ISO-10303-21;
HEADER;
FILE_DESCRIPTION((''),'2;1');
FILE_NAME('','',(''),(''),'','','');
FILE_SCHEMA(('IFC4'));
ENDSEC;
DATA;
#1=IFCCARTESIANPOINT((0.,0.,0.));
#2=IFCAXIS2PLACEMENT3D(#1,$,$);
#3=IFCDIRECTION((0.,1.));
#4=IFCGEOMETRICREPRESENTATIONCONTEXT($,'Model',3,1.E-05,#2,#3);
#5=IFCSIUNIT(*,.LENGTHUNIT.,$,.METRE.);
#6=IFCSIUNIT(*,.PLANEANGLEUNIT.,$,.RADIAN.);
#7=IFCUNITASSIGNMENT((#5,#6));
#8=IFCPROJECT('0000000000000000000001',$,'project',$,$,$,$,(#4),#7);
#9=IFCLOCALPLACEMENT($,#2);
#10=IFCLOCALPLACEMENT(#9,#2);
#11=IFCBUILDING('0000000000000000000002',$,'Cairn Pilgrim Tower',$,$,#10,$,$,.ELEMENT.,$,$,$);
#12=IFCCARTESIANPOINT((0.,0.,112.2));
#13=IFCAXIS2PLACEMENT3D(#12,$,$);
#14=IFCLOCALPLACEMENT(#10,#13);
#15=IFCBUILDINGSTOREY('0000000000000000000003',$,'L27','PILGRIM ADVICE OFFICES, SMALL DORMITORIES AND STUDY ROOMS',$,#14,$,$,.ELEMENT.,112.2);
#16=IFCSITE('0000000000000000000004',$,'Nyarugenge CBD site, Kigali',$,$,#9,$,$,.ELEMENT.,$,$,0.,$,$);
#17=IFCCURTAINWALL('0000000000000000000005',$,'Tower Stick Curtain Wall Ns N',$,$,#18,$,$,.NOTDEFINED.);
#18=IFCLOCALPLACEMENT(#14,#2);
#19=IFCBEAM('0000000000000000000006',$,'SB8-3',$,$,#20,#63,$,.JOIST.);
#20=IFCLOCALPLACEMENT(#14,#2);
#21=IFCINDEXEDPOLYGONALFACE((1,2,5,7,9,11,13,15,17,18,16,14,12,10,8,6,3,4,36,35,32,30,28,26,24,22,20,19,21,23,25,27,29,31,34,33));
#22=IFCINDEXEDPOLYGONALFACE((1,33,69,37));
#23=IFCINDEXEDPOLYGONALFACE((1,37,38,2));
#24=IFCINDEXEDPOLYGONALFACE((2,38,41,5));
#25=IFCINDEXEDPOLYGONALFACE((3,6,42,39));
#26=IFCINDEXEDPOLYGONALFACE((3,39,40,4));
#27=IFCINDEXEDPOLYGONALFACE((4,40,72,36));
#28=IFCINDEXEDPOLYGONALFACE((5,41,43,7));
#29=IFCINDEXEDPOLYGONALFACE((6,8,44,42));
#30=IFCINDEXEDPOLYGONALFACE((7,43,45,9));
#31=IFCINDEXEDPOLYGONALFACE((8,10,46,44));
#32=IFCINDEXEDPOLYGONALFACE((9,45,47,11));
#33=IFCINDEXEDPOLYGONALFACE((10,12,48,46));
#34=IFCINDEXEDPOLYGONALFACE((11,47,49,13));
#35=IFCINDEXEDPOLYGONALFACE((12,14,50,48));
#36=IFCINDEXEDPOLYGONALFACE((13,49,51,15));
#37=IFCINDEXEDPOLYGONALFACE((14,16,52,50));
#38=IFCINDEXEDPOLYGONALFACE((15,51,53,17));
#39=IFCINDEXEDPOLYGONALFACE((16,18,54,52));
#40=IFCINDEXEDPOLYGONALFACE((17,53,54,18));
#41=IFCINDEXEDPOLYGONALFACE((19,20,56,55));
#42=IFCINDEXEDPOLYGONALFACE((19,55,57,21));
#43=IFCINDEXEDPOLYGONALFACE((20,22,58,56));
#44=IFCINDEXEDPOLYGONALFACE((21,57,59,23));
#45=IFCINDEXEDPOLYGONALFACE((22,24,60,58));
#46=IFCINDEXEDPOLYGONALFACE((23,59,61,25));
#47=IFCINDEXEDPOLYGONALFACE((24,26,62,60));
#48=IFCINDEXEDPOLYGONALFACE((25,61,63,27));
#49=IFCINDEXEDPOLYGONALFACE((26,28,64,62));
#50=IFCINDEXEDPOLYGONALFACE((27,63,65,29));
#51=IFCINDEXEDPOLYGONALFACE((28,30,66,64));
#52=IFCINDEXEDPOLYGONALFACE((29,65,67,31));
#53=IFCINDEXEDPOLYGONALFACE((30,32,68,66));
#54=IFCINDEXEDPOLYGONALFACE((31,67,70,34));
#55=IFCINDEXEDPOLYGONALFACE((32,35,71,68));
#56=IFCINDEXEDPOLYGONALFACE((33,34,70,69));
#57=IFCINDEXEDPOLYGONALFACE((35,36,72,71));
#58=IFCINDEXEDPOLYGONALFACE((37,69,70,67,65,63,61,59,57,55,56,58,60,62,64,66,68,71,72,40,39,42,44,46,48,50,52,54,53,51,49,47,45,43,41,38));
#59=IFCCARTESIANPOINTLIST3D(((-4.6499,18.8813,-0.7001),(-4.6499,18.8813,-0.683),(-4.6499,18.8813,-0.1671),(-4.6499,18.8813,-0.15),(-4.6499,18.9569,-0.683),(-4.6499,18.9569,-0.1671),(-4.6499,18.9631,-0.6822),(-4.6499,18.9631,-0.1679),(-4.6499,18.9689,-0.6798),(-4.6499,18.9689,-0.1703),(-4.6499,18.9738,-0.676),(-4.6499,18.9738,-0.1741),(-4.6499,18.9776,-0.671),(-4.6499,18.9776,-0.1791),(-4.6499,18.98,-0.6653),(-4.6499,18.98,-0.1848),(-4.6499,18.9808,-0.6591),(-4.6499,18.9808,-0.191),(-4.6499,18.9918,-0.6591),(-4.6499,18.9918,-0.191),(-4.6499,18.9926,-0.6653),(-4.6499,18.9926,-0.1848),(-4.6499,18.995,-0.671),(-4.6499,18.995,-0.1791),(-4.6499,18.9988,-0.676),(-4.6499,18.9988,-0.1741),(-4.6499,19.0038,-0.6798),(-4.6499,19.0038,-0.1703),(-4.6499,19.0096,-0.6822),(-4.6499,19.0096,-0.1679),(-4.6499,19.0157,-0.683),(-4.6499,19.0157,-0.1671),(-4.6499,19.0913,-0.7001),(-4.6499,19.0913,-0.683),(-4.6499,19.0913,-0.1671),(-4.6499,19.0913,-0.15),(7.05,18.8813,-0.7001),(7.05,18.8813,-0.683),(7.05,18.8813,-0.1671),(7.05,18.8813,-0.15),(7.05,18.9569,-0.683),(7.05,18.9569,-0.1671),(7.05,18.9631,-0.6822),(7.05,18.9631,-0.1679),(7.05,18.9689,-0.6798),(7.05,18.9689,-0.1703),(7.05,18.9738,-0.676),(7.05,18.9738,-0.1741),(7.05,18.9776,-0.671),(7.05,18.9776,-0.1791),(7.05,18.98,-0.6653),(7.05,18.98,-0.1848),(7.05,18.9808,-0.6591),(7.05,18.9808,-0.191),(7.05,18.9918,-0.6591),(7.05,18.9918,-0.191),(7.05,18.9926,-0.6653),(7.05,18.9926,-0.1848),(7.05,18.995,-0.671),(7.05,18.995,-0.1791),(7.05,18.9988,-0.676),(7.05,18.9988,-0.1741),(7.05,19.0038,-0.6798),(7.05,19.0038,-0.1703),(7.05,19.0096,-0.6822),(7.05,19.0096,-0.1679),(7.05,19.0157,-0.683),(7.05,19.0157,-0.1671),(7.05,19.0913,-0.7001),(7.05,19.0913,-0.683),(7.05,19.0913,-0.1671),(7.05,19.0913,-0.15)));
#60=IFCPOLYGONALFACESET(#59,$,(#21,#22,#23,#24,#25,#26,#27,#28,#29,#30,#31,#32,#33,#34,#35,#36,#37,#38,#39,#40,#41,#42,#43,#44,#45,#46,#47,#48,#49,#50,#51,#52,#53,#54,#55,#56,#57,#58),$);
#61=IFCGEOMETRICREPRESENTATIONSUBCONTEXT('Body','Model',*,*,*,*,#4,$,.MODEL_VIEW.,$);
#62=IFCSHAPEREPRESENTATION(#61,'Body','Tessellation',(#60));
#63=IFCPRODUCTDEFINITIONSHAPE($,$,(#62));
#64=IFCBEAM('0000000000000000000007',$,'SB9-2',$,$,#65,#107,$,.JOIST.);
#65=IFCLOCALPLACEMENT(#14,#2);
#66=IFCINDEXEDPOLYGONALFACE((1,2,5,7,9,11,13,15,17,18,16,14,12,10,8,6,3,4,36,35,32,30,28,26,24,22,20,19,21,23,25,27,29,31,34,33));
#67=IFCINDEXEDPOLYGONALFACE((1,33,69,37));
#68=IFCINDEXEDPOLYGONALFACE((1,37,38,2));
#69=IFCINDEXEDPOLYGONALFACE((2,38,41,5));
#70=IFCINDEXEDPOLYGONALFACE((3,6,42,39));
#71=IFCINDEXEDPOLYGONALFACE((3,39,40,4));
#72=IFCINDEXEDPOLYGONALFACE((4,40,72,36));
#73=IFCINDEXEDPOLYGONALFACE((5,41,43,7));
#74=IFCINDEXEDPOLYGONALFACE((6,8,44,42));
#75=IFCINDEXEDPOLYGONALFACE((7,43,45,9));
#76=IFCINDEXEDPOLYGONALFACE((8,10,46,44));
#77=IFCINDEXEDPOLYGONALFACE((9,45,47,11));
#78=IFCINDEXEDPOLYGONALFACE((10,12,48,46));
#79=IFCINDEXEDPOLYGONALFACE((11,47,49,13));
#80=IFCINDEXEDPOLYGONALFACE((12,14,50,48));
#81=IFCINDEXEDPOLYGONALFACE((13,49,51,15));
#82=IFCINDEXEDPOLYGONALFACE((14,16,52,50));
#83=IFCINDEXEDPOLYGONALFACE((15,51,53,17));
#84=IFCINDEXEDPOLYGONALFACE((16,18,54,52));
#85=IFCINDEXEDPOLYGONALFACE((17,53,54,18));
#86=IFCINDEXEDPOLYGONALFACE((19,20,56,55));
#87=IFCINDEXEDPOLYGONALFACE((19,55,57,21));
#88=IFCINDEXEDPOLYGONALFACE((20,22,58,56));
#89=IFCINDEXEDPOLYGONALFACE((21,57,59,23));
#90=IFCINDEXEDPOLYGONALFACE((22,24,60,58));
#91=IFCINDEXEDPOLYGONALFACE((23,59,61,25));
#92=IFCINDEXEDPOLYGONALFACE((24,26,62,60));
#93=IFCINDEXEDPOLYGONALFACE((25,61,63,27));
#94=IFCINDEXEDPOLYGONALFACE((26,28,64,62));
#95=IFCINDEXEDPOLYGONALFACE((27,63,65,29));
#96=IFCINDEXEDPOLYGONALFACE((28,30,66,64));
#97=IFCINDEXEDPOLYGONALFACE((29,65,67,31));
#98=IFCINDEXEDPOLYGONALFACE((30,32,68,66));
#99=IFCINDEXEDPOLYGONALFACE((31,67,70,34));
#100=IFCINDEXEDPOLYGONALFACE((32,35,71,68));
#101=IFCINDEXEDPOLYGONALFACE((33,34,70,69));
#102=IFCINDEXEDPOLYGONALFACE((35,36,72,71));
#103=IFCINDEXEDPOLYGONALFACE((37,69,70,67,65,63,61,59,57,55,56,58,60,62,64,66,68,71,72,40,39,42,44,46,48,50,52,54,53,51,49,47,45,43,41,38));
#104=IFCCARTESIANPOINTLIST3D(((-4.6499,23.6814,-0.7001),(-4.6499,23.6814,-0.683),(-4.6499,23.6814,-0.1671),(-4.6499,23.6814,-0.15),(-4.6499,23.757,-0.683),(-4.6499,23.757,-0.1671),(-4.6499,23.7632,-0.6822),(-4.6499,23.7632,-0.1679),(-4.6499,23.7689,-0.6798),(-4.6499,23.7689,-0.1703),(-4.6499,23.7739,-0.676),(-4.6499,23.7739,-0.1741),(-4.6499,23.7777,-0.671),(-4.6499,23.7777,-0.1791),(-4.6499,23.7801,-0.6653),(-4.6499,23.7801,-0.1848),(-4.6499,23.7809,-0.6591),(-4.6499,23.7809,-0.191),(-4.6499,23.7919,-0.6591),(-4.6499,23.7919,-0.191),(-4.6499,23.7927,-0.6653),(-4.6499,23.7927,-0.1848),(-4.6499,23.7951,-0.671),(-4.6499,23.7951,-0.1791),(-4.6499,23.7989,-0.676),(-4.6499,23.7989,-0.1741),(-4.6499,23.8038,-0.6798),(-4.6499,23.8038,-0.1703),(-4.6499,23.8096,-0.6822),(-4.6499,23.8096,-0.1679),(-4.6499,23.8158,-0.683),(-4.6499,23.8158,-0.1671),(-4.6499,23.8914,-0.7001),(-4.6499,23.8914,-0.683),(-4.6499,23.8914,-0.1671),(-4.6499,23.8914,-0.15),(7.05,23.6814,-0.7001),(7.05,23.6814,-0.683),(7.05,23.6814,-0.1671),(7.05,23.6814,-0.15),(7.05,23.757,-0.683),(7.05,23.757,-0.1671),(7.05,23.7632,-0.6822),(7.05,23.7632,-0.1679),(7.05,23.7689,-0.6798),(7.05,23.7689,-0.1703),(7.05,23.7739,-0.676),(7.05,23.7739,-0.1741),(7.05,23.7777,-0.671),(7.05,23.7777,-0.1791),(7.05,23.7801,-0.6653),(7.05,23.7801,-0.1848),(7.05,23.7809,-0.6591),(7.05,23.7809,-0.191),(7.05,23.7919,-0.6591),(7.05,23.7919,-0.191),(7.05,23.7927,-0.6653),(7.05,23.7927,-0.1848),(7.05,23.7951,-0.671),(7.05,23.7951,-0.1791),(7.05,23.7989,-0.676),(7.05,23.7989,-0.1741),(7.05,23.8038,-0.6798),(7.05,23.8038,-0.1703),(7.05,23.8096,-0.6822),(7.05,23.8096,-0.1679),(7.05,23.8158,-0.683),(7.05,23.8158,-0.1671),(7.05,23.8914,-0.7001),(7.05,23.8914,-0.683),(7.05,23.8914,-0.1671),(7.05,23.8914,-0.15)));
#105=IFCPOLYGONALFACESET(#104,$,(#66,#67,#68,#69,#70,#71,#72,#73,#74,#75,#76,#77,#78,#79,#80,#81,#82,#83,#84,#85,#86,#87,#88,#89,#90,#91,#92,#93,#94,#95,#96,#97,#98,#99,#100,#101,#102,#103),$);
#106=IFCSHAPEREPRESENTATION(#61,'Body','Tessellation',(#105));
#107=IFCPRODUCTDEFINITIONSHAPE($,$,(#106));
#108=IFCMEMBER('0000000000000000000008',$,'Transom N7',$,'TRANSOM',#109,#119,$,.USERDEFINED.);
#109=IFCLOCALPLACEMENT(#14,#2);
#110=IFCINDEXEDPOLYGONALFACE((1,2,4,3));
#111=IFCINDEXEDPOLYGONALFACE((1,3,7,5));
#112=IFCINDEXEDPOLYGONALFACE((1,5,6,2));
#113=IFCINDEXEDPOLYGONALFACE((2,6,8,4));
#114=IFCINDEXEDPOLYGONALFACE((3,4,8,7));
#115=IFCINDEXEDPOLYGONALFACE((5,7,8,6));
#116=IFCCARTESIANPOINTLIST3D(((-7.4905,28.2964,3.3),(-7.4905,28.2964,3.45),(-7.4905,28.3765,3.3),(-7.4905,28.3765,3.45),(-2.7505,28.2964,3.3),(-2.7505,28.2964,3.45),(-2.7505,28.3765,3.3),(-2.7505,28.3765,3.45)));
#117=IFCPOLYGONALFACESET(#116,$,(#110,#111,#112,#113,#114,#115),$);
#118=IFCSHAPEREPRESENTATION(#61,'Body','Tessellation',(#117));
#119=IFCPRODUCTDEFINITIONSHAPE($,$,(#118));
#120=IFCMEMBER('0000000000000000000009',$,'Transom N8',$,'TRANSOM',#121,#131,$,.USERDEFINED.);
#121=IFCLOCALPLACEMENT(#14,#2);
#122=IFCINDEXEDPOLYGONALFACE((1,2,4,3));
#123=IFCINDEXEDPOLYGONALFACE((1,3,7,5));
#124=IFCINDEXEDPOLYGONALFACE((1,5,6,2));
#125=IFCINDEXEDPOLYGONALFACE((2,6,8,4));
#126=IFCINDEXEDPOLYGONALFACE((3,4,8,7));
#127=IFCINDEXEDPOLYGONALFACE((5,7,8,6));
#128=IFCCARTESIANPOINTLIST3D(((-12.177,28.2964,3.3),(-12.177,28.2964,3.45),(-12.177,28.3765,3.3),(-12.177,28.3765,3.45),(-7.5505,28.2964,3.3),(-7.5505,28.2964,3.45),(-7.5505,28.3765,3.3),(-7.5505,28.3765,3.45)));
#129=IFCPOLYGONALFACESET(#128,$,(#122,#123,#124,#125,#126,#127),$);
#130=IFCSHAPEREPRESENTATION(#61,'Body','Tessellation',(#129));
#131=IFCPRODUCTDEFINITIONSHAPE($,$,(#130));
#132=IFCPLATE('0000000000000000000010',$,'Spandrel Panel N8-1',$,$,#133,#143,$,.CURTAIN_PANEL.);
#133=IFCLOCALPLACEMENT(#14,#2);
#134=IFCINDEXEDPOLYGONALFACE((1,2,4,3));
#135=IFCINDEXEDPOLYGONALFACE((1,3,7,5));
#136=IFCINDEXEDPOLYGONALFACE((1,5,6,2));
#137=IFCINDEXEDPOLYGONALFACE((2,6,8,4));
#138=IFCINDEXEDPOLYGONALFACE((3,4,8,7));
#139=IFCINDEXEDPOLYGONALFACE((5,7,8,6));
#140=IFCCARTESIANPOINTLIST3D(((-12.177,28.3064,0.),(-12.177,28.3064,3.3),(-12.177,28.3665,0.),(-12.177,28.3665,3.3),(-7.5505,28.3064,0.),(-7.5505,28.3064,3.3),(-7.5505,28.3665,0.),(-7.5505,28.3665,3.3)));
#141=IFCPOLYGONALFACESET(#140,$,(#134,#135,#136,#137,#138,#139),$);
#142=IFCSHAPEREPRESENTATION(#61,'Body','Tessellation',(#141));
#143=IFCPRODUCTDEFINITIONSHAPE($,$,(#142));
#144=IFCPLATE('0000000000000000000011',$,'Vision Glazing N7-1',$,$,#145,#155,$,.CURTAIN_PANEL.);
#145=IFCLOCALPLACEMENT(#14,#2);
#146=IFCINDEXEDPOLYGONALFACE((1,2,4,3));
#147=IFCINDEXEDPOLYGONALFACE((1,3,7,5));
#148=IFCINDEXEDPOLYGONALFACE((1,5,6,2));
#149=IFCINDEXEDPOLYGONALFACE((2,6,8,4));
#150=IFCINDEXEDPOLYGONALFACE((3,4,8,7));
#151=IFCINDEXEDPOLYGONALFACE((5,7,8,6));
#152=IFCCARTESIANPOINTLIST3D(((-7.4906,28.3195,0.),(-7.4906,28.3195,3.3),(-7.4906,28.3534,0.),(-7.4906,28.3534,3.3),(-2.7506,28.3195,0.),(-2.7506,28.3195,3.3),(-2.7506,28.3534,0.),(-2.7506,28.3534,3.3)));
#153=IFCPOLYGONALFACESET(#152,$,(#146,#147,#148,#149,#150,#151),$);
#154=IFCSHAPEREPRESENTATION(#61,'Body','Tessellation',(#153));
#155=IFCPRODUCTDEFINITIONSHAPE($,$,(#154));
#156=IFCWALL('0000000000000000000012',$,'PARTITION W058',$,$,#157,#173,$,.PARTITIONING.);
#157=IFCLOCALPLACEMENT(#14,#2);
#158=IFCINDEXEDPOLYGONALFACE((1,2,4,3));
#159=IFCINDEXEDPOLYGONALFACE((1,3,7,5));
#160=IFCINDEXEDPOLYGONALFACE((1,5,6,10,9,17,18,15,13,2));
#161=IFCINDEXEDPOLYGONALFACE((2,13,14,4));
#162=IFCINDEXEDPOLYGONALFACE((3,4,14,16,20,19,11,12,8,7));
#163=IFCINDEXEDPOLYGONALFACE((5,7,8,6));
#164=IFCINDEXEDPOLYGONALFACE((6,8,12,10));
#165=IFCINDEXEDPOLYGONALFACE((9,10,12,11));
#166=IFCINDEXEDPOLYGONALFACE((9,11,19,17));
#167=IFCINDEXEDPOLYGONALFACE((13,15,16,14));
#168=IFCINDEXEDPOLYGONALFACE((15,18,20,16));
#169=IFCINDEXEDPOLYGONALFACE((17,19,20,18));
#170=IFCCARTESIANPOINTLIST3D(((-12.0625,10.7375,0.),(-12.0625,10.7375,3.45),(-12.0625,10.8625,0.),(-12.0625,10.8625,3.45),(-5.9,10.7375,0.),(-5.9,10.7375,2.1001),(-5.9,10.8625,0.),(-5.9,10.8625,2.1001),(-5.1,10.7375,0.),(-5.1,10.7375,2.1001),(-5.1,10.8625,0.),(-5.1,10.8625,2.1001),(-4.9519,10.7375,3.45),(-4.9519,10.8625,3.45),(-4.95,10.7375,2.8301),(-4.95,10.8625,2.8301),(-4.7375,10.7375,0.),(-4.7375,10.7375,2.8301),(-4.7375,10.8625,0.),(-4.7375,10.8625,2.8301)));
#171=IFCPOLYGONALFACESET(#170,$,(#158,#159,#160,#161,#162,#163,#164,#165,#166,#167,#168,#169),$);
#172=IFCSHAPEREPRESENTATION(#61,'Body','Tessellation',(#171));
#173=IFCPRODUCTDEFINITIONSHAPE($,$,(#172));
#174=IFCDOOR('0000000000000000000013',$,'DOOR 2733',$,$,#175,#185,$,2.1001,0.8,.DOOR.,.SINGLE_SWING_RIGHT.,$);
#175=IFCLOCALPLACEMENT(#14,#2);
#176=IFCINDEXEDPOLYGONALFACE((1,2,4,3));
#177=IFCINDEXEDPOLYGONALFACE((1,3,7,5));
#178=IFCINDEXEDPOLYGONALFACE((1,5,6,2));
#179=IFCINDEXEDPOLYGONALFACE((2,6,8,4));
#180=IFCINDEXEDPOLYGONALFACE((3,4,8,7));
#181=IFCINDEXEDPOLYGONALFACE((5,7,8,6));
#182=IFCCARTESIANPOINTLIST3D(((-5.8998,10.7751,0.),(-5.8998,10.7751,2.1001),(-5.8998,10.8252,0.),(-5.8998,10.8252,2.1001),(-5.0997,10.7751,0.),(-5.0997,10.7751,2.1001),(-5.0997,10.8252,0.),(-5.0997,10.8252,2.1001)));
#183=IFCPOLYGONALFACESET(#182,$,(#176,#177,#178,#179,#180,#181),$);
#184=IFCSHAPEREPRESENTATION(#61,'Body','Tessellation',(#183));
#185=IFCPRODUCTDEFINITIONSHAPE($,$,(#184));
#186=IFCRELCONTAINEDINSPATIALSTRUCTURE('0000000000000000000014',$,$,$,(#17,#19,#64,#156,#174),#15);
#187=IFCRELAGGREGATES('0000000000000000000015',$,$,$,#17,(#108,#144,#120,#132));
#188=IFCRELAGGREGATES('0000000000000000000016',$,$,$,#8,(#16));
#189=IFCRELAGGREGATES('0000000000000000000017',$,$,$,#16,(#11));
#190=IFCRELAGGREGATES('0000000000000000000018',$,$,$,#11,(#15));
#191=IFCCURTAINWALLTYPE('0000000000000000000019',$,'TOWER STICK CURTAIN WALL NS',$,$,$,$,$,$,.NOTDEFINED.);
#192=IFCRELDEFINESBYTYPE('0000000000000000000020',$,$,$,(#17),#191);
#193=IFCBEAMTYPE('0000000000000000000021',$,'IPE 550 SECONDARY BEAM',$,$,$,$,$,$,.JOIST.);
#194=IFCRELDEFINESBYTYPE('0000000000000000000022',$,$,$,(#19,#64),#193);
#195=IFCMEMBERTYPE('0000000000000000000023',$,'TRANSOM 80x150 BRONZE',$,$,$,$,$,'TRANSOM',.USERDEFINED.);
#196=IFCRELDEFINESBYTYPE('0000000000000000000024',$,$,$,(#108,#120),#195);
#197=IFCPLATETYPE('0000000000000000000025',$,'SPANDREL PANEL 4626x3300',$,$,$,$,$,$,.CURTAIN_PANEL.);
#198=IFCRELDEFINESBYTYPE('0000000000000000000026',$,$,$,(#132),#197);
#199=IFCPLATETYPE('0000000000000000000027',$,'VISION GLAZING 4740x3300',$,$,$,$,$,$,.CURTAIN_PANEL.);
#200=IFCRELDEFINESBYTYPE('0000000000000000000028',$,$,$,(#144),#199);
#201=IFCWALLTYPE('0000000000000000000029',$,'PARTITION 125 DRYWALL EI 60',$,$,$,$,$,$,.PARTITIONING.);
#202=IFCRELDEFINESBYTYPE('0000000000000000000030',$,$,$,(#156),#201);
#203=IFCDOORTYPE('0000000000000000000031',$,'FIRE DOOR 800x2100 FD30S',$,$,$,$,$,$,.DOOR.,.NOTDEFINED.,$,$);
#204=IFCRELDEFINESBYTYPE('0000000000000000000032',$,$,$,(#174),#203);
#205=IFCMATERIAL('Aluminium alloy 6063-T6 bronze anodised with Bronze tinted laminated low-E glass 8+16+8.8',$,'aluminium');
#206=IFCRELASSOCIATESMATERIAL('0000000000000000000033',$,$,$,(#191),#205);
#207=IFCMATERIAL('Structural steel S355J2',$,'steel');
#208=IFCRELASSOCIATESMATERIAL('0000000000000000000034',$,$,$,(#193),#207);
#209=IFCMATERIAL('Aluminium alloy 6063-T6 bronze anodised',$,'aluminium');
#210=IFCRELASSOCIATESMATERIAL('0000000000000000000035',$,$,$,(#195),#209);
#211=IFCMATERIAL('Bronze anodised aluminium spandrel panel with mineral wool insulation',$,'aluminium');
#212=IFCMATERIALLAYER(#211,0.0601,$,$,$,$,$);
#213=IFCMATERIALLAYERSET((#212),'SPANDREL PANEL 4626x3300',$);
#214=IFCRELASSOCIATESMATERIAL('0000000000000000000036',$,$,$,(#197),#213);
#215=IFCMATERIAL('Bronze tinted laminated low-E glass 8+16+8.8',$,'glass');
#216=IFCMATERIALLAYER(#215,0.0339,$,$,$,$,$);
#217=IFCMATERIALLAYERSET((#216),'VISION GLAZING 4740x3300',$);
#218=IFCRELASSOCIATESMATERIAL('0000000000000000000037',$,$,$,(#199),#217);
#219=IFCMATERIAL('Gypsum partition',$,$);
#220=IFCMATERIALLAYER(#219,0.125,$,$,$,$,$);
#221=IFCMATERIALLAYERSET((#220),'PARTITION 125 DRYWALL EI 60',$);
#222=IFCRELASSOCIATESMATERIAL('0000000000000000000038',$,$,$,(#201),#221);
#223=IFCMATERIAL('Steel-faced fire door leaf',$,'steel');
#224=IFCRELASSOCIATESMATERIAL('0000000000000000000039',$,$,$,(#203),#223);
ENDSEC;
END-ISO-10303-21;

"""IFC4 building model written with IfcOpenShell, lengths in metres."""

from ifc_helpers import new_model, si_unit, direction, frame, frame_2d, origin, origin_2d, place, context, subcontext, project, spatial, polyline, rectangle, i_section, outline, extrude, material, layer, layer_set, material_profile, profile_set, type_object, element, fill, aggregate, save


model = new_model("IFC4")

# Units and contexts
model_context = context("Model", 3, precision=1e-05, world=origin(), true_north=direction((0.0, 1.0)))
body_context = subcontext(model_context, "Body", "Model", "MODEL_VIEW")
ifc_project = project(units=[si_unit("LENGTHUNIT", "METRE"), si_unit("PLANEANGLEUNIT", "RADIAN")], contexts=[model_context])

# Site, building, storey
site_placement = place(None, origin())
site = spatial("IfcSite", under=ifc_project, at=site_placement, Name="Nyarugenge CBD site, Kigali", CompositionType="ELEMENT", RefElevation=0.0)
building_placement = place(site_placement, origin())
building = spatial("IfcBuilding", under=site, at=building_placement, Name="Cairn Pilgrim Tower", CompositionType="ELEMENT")
storey_placement = place(building_placement, frame((0.0, 0.0, 112.2)))
storey = spatial("IfcBuildingStorey", under=building, at=storey_placement, Name="L27", Description="PILGRIM ADVICE OFFICES, SMALL DORMITORIES AND STUDY ROOMS", CompositionType="ELEMENT", Elevation=112.2)

# Shared definitions
ifc_material_1 = material(Name="Structural steel S355J2", Category="steel")

# Curtain wall
ifc_material_2 = material(Name="Aluminium alloy 6063-T6 bronze anodised with Bronze tinted laminated low-E glass 8+16+8.8", Category="aluminium")
curtain_wall_type = type_object("IfcCurtainWallType", Name="TOWER STICK CURTAIN WALL NS", PredefinedType="NOTDEFINED", material=ifc_material_2)
curtain_wall_placement = place(storey_placement, origin())
curtain_wall = element("IfcCurtainWall", 1, at=curtain_wall_placement, inside=storey, type_object=curtain_wall_type, Name="Tower Stick Curtain Wall Ns N", PredefinedType="NOTDEFINED")
ifc_material_3 = material(Name="Aluminium alloy 6063-T6 bronze anodised", Category="aluminium")

# Beams
ifc_material_profile_1 = material_profile(ifc_material_1, i_section(OverallWidth=0.21, OverallDepth=0.55, WebThickness=0.011, FlangeThickness=0.0171, FilletRadius=0.0239, at=origin_2d()), Name="IPE 550")
ifc_profile_set_1 = profile_set([ifc_material_profile_1], Name="Structural steel S355J2")
beam_type_1 = type_object("IfcBeamType", Name="IPE 550 SECONDARY BEAM", PredefinedType="JOIST", material=ifc_profile_set_1)
for number, where, z_axis, x_axis, name in (
    (2, (-4.6499, 18.9863, -0.425), (1.0, 0.0, 0.0), (0.0, 1.0, 0.0), "SB8-3"),
    (3, (-4.6499, 23.7864, -0.425), (1.0, 0.0, 0.0), (0.0, 1.0, 0.0), "SB9-2"),
):
    element("IfcBeam", number, at=place(storey_placement, frame(where, z_axis=z_axis, x_axis=x_axis)), inside=storey, type_object=beam_type_1, Name=name, PredefinedType="JOIST", context=body_context, shape_type="SweptSolid", body=[
        extrude(i_section(OverallWidth=0.21, OverallDepth=0.55, WebThickness=0.011, FlangeThickness=0.0171, FilletRadius=0.0239, at=origin_2d()), origin(), (0.0, 0.0, 1.0), 11.7),
    ])

# Members
ifc_material_profile_2 = material_profile(ifc_material_3, rectangle(XDim=0.0801, YDim=0.1499, at=origin_2d()), Name="TRANSOM 80x150 BRONZE")
ifc_profile_set_2 = profile_set([ifc_material_profile_2], Name="Aluminium alloy 6063-T6 bronze anodised")
member_type_1 = type_object("IfcMemberType", Name="TRANSOM 80x150 BRONZE", ElementType="TRANSOM", PredefinedType="USERDEFINED", material=ifc_profile_set_2)
member_1_placement = place(storey_placement, frame((-2.7505, 28.3364, 3.375), z_axis=(-1.0, 0.0, 0.0), x_axis=(0.0, -1.0, 0.0)))
member_1 = element("IfcMember", 4, at=member_1_placement, type_object=member_type_1, Name="Transom N7", ObjectType="TRANSOM", PredefinedType="USERDEFINED", context=body_context, shape_type="SweptSolid", body=[
    extrude(rectangle(XDim=0.0801, YDim=0.1499, at=origin_2d()), origin(), (0.0, 0.0, 1.0), 4.74),
])
member_2_placement = place(storey_placement, frame((-7.5505, 28.3364, 3.375), z_axis=(-1.0, 0.0, 0.0), x_axis=(0.0, -1.0, 0.0)))
member_2 = element("IfcMember", 5, at=member_2_placement, type_object=member_type_1, Name="Transom N8", ObjectType="TRANSOM", PredefinedType="USERDEFINED", context=body_context, shape_type="SweptSolid", body=[
    extrude(rectangle(XDim=0.0801, YDim=0.1499, at=origin_2d()), origin(), (0.0, 0.0, 1.0), 4.6265),
])

# Plates
ifc_material_4 = material(Name="Bronze anodised aluminium spandrel panel with mineral wool insulation", Category="aluminium")
ifc_layer_1 = layer(ifc_material_4, 0.0601)
ifc_layer_set_1 = layer_set([ifc_layer_1], Name="SPANDREL PANEL 4626x3300")
plate_type_1 = type_object("IfcPlateType", Name="SPANDREL PANEL 4626x3300", PredefinedType="CURTAIN_PANEL", material=ifc_layer_set_1)
plate_1_placement = place(storey_placement, frame((-9.8638, 28.3364, 0.0), z_axis=(0.0, 0.0, 1.0), x_axis=(-1.0, 0.0, 0.0)))
plate_1 = element("IfcPlate", 6, at=plate_1_placement, type_object=plate_type_1, Name="Spandrel Panel N8-1", PredefinedType="CURTAIN_PANEL", context=body_context, shape_type="SweptSolid", body=[
    extrude(rectangle(XDim=4.6265, YDim=0.0601, at=origin_2d()), origin(), (0.0, 0.0, 1.0), 3.3),
])
ifc_material_5 = material(Name="Bronze tinted laminated low-E glass 8+16+8.8", Category="glass")
ifc_layer_2 = layer(ifc_material_5, 0.0339)
ifc_layer_set_2 = layer_set([ifc_layer_2], Name="VISION GLAZING 4740x3300")
plate_type_2 = type_object("IfcPlateType", Name="VISION GLAZING 4740x3300", PredefinedType="CURTAIN_PANEL", material=ifc_layer_set_2)
plate_2_placement = place(storey_placement, frame((-5.1206, 28.3364, 0.0), z_axis=(0.0, 0.0, 1.0), x_axis=(-1.0, 0.0, 0.0)))
plate_2 = element("IfcPlate", 7, at=plate_2_placement, type_object=plate_type_2, Name="Vision Glazing N7-1", PredefinedType="CURTAIN_PANEL", context=body_context, shape_type="SweptSolid", body=[
    extrude(rectangle(XDim=4.74, YDim=0.0339, at=origin_2d()), origin(), (0.0, 0.0, 1.0), 3.3),
])
aggregate(curtain_wall, [member_1, plate_2, member_2, plate_1])

# Wall, opening, door
ifc_material_6 = material(Name="Gypsum partition")
ifc_layer_3 = layer(ifc_material_6, 0.125)
ifc_layer_set_3 = layer_set([ifc_layer_3], Name="PARTITION 125 DRYWALL EI 60")
wall_type_1 = type_object("IfcWallType", Name="PARTITION 125 DRYWALL EI 60", PredefinedType="PARTITIONING", material=ifc_layer_set_3)
wall_1_placement = place(storey_placement, frame((-12.0625, 10.8, 0.0), z_axis=(0.0, 0.0, 1.0), x_axis=(1.0, 0.0, 0.0)))
wall_1 = element("IfcWall", 8, at=wall_1_placement, inside=storey, type_object=wall_type_1, Name="PARTITION W058", PredefinedType="PARTITIONING", context=body_context, shape_type="SweptSolid", body=[
    extrude(outline(polyline([(0.0, 0.0), (7.325, 0.0), (7.325, 2.8301), (7.1125, 2.8301), (7.1106, 3.45), (0.0, 3.45), (0.0, 0.0)])), frame((0.0, 0.0625, 0.0), z_axis=(0.0, -1.0, 0.0), x_axis=(1.0, 0.0, 0.0)), (0.0, 0.0, 1.0), 0.125),
])
opening_1_placement = place(wall_1_placement, frame((6.1626, 0.0, 0.0)))
opening_1 = element("IfcOpeningElement", 9, at=opening_1_placement, cuts=wall_1, PredefinedType="OPENING", context=body_context, shape_type="SweptSolid", body=[
    extrude(rectangle(XDim=0.8, YDim=2.1001, at=frame_2d((0.3999, 1.05))), frame((0.0, 0.0725, 0.0), z_axis=(0.0, -1.0, 0.0), x_axis=(1.0, 0.0, 0.0)), (0.0, 0.0, 1.0), 0.145),
])
ifc_material_7 = material(Name="Steel-faced fire door leaf", Category="steel")
door_type_1 = type_object("IfcDoorType", Name="FIRE DOOR 800x2100 FD30S", OperationType="NOTDEFINED", PredefinedType="DOOR", material=ifc_material_7)
door_1_placement = place(opening_1_placement, frame((0.8, 0.0, 0.0), z_axis=(0.0, 0.0, 1.0), x_axis=(-1.0, 0.0, 0.0)))
door_1 = element("IfcDoor", 10, at=door_1_placement, inside=storey, type_object=door_type_1, Name="DOOR 2733", OperationType="SINGLE_SWING_RIGHT", OverallHeight=2.1001, OverallWidth=0.8, PredefinedType="DOOR", context=body_context, shape_type="SweptSolid", body=[
    extrude(rectangle(XDim=0.8, YDim=2.1001, at=frame_2d((0.3999, 1.05))), frame((0.0, 0.0249, 0.0), z_axis=(0.0, -1.0, 0.0), x_axis=(1.0, 0.0, 0.0)), (0.0, 0.0, 1.0), 0.05),
])
fill(opening_1, door_1)

save(model, "model.ifc")
